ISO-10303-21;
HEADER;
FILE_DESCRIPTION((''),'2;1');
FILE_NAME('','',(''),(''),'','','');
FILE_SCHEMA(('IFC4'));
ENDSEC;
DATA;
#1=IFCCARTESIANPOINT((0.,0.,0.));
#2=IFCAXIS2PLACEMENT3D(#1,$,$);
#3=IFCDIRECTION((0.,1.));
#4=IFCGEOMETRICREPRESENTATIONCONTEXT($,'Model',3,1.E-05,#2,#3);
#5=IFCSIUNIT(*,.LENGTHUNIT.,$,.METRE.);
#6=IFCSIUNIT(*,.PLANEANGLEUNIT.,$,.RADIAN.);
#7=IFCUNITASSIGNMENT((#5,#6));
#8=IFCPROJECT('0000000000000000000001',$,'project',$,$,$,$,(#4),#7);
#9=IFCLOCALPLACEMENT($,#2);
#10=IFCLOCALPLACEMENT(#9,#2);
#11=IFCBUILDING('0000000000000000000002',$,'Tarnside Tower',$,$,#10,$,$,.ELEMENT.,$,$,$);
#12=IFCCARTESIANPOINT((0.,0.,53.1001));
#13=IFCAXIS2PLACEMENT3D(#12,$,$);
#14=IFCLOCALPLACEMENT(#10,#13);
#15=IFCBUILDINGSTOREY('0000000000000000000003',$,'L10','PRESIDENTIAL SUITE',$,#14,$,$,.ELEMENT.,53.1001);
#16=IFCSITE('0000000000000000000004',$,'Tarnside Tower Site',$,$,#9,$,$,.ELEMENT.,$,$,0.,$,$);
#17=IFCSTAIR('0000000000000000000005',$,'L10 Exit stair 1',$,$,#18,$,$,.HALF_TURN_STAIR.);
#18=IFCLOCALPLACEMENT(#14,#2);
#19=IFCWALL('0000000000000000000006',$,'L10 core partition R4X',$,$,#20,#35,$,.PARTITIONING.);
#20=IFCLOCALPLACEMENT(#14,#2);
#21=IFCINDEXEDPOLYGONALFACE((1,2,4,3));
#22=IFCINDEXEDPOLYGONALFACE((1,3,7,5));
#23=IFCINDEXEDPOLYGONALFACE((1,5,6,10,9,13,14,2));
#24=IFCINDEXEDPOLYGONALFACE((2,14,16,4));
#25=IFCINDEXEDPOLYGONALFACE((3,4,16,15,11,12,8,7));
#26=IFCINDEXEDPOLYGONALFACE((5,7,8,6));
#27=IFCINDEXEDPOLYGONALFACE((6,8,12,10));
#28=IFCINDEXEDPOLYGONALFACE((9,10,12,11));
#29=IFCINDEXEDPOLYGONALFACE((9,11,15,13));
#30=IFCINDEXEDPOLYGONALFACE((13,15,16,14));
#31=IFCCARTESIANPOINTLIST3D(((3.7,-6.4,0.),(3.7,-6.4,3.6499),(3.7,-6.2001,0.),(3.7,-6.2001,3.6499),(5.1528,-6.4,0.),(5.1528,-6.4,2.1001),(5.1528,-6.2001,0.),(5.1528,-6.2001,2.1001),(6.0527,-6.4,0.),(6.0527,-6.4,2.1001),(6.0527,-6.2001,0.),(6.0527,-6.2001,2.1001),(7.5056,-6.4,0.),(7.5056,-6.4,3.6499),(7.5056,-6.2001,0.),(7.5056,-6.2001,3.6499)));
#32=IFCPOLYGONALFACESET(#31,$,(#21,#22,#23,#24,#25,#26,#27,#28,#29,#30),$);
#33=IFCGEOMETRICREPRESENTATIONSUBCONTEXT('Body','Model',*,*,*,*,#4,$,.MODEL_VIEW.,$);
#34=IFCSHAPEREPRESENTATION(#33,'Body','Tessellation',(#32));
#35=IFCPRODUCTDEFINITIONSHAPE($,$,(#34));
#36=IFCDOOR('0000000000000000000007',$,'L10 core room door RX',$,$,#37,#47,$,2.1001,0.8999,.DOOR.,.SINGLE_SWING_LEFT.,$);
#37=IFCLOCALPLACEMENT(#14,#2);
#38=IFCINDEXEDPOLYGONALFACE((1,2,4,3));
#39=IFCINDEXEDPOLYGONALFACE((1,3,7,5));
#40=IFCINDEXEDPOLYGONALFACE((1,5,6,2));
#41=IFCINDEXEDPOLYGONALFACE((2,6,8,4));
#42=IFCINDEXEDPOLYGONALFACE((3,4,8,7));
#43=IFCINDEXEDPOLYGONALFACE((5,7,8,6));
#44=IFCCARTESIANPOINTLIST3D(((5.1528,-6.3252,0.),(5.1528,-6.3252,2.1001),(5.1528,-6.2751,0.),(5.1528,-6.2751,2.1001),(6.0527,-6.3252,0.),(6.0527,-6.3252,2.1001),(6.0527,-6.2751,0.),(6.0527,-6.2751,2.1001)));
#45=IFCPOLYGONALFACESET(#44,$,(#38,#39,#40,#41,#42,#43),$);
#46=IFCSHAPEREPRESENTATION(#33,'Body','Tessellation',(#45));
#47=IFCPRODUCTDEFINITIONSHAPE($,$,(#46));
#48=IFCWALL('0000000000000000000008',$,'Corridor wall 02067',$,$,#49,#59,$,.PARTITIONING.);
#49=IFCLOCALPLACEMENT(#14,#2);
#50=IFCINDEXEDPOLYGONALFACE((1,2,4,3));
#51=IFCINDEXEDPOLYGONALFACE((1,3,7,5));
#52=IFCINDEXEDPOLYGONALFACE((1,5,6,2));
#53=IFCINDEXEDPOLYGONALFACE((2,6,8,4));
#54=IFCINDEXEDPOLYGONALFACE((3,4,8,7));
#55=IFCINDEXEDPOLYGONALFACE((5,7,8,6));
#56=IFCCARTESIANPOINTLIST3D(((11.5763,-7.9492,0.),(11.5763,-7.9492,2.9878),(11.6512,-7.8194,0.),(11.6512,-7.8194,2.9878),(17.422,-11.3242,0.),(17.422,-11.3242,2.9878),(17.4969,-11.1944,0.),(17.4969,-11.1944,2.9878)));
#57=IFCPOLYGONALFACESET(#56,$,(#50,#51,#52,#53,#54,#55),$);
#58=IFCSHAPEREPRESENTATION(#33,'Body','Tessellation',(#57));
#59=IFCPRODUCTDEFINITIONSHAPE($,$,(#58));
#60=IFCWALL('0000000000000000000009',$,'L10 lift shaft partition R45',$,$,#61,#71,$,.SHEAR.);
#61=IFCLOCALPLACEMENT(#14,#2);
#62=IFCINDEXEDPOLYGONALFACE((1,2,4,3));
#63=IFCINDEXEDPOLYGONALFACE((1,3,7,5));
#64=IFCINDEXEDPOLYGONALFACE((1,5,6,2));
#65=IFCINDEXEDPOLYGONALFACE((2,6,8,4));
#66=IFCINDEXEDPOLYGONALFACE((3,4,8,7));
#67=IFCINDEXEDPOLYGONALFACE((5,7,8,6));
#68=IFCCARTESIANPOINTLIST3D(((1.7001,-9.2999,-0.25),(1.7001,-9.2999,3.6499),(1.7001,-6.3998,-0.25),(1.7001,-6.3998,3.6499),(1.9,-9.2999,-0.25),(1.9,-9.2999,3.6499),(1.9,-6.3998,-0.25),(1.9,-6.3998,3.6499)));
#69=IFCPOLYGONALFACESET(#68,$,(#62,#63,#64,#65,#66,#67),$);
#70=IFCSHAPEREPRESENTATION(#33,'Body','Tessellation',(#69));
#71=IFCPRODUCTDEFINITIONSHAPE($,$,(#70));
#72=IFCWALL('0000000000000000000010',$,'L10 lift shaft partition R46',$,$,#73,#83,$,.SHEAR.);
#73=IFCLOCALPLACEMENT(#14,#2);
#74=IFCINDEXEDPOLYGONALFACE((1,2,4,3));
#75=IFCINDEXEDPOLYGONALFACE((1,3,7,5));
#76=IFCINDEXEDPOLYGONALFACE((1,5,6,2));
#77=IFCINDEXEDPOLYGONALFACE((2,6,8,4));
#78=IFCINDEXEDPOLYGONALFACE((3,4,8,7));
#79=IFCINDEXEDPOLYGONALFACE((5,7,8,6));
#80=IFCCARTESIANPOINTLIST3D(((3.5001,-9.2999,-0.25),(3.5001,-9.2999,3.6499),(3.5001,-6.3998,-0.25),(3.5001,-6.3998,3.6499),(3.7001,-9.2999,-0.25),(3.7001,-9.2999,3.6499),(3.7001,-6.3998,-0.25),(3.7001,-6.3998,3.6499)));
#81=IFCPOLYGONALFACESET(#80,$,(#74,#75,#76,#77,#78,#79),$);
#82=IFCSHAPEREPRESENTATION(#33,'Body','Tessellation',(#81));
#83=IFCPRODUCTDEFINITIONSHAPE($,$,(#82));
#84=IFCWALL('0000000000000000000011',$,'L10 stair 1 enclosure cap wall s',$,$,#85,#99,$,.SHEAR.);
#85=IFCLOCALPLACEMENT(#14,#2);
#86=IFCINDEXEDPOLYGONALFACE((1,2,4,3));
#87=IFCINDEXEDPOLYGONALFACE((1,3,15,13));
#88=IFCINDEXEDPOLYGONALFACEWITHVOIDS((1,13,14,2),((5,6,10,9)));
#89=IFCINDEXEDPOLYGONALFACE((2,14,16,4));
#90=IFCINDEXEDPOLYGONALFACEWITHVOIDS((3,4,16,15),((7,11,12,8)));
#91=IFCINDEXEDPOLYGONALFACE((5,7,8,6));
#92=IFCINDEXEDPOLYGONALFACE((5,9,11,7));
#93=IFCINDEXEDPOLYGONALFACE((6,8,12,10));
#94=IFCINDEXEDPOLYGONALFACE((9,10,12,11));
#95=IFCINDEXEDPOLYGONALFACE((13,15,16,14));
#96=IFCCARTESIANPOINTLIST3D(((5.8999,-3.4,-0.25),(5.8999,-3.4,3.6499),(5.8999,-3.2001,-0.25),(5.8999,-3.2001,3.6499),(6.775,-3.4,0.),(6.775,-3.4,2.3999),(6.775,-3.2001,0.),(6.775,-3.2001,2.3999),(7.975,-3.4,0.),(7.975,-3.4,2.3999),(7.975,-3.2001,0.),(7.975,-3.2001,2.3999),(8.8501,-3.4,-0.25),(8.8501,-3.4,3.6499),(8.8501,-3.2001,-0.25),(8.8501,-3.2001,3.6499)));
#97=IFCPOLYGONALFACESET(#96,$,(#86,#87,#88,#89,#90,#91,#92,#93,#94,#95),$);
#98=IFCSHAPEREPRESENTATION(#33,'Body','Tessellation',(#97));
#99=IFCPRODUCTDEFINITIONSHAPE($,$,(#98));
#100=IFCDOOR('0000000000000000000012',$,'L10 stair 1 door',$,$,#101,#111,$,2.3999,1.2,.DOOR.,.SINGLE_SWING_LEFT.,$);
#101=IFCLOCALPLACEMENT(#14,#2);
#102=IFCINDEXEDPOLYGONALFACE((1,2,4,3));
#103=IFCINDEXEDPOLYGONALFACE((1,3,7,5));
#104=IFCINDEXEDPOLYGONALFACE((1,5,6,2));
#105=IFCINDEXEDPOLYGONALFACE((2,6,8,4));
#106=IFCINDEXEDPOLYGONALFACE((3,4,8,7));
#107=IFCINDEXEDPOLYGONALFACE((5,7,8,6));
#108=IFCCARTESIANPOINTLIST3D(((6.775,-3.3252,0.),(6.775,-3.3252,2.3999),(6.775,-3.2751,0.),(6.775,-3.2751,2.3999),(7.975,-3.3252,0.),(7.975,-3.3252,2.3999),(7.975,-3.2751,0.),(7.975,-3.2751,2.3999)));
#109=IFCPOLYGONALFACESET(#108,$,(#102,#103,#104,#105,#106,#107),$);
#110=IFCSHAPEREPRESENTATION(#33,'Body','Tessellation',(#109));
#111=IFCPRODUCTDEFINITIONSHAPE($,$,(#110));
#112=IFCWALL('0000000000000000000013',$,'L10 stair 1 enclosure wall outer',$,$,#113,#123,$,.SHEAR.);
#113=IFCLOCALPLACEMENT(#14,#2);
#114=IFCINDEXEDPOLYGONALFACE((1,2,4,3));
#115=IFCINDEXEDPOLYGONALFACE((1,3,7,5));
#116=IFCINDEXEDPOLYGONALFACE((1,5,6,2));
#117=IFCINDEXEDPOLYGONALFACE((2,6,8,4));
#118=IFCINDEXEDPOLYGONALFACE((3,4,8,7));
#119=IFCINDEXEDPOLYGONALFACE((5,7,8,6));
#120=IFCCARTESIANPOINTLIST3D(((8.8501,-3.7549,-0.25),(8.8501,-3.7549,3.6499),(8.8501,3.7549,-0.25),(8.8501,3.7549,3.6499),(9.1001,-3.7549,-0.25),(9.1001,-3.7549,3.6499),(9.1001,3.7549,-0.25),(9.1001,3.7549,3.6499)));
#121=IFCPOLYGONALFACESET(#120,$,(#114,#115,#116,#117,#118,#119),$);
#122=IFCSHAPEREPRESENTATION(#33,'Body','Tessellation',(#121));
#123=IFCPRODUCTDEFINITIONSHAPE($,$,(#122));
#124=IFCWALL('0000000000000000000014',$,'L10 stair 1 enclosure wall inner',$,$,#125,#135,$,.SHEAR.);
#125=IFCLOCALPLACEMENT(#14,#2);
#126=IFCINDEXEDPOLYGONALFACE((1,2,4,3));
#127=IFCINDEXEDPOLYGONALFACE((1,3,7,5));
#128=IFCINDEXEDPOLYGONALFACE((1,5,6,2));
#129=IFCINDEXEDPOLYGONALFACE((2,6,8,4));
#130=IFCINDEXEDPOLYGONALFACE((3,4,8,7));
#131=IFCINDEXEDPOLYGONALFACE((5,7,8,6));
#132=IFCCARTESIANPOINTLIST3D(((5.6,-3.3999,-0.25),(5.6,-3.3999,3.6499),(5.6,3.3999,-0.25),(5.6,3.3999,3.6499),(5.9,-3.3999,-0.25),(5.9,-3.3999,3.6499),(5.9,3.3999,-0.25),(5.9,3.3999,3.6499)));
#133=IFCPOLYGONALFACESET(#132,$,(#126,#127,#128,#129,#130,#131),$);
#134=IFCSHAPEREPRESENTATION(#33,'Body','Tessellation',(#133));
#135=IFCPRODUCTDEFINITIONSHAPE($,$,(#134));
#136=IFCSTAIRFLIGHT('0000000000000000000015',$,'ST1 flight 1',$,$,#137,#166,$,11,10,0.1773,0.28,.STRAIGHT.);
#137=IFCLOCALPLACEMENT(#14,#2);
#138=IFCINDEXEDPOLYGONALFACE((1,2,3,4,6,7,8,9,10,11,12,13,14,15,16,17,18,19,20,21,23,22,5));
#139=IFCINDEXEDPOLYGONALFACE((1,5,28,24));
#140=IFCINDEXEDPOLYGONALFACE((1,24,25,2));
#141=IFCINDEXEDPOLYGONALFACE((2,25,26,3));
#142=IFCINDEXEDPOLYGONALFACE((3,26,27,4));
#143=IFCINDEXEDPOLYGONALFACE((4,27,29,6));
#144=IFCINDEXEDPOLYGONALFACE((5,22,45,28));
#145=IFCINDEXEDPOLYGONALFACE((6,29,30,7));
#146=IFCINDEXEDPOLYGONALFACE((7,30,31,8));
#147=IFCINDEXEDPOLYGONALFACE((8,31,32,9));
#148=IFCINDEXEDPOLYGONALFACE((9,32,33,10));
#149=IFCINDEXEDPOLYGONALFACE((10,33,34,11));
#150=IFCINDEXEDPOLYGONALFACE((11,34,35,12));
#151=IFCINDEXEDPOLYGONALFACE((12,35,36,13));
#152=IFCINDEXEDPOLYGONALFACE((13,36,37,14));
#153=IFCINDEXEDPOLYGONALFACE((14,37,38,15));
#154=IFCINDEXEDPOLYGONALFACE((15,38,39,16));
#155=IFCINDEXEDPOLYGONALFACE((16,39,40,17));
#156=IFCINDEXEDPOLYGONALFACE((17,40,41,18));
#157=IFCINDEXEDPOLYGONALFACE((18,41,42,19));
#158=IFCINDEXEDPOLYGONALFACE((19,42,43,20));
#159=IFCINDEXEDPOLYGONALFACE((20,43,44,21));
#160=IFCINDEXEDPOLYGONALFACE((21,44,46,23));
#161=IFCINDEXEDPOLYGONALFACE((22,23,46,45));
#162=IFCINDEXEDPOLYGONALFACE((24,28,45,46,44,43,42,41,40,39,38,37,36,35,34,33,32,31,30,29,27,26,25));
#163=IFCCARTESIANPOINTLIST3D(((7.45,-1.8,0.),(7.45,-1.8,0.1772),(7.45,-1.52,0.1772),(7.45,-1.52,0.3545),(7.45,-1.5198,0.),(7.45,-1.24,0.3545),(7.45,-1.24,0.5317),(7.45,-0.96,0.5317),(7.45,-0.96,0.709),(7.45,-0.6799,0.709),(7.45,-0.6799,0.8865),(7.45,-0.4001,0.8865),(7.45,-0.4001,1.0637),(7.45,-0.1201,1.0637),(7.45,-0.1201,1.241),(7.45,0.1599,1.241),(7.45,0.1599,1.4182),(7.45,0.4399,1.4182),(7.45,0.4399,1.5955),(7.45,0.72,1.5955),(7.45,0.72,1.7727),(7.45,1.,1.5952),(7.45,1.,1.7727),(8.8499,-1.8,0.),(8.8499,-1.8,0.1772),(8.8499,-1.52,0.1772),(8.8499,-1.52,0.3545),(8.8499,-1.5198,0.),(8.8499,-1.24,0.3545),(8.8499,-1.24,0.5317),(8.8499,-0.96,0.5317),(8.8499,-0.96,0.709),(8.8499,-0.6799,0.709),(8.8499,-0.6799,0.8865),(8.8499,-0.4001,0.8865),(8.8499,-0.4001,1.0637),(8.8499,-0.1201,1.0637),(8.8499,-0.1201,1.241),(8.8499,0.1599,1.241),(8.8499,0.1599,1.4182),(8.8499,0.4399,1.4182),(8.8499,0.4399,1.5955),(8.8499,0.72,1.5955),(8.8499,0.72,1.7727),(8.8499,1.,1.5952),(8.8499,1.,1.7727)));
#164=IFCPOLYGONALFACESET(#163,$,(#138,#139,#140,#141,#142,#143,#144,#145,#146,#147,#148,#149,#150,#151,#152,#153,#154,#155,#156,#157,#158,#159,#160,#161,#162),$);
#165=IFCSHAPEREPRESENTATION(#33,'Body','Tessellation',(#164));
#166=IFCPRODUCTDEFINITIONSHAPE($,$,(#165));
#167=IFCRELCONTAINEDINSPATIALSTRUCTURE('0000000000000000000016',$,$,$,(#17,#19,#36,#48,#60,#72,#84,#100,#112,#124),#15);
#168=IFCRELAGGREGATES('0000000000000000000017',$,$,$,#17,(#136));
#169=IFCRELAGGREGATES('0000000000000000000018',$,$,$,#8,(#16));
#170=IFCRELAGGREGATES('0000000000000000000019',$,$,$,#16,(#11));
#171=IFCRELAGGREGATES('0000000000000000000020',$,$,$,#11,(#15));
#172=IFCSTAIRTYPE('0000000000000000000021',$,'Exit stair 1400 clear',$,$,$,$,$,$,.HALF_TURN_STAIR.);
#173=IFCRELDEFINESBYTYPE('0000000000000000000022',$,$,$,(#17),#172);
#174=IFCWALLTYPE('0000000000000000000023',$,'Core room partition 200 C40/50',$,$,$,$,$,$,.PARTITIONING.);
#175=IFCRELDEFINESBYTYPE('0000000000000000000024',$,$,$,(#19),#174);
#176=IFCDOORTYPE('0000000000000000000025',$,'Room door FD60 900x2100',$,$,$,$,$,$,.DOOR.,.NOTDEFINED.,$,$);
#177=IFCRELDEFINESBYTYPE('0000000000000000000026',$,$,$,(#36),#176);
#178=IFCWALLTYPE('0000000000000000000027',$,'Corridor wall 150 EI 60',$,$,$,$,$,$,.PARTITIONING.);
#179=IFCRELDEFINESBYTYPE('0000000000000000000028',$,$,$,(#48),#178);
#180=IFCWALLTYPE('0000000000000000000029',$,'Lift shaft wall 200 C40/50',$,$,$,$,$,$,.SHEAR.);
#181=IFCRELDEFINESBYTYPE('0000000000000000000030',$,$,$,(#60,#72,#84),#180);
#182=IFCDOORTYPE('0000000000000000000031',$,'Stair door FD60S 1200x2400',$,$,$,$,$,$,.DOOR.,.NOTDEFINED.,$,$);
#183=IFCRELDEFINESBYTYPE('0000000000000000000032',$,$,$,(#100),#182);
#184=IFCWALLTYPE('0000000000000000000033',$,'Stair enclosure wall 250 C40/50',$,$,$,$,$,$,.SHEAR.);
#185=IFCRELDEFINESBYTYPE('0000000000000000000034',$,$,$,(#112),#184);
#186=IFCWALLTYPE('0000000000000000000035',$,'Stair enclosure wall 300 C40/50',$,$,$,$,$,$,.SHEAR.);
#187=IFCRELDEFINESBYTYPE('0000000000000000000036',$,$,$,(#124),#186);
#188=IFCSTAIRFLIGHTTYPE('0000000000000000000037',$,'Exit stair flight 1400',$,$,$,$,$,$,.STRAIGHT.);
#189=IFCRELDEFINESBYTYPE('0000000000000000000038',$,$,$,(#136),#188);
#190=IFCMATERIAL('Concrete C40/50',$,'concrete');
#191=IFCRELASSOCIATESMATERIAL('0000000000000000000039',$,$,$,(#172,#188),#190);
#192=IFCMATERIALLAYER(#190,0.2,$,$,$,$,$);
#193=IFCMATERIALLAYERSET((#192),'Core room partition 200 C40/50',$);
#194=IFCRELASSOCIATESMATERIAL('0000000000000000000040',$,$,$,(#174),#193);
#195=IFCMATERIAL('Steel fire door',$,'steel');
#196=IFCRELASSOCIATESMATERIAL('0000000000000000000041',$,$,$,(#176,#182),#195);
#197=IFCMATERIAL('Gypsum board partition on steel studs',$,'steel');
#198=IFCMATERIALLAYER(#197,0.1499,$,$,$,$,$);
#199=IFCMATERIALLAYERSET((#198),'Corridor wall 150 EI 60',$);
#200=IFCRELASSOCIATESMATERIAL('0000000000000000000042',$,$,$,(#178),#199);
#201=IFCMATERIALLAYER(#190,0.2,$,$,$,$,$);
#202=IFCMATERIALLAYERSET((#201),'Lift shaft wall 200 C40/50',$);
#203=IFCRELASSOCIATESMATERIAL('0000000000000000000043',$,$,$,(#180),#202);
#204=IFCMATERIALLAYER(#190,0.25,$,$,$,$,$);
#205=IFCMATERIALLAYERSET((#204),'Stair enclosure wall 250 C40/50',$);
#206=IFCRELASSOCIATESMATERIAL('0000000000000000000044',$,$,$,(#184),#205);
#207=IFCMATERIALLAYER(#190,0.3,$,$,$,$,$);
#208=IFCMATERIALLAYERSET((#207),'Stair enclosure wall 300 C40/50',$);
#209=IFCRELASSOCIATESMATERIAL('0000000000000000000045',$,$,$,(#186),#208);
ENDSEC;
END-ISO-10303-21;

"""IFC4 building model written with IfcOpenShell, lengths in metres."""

from ifc_helpers import new_model, si_unit, direction, frame, frame_2d, origin, place, context, subcontext, project, spatial, polyline, rectangle, outline, extrude, material, layer, layer_set, type_object, element, fill, aggregate, save


model = new_model("IFC4")

# Units and contexts
model_context = context("Model", 3, precision=1e-05, world=origin(), true_north=direction((0.0, 1.0)))
body_context = subcontext(model_context, "Body", "Model", "MODEL_VIEW")
ifc_project = project(units=[si_unit("LENGTHUNIT", "METRE"), si_unit("PLANEANGLEUNIT", "RADIAN")], contexts=[model_context])

# Site, building, storey
site_placement = place(None, origin())
site = spatial("IfcSite", under=ifc_project, at=site_placement, Name="Tarnside Tower Site", CompositionType="ELEMENT", RefElevation=0.0)
building_placement = place(site_placement, origin())
building = spatial("IfcBuilding", under=site, at=building_placement, Name="Tarnside Tower", CompositionType="ELEMENT")
storey_placement = place(building_placement, frame((0.0, 0.0, 53.1001)))
storey = spatial("IfcBuildingStorey", under=building, at=storey_placement, Name="L10", Description="PRESIDENTIAL SUITE", CompositionType="ELEMENT", Elevation=53.1001)

# Shared definitions
ifc_material_1 = material(Name="Concrete C40/50", Category="concrete")

# Stair
stair_type = type_object("IfcStairType", Name="Exit stair 1400 clear", PredefinedType="HALF_TURN_STAIR", material=ifc_material_1)
stair_1_placement = place(storey_placement, origin())
stair_1 = element("IfcStair", 1, at=stair_1_placement, inside=storey, type_object=stair_type, Name="L10 Exit stair 1", PredefinedType="HALF_TURN_STAIR")

# Wall, opening, door
ifc_layer_1 = layer(ifc_material_1, 0.2)
ifc_layer_set_1 = layer_set([ifc_layer_1], Name="Core room partition 200 C40/50")
wall_type_1 = type_object("IfcWallType", Name="Core room partition 200 C40/50", PredefinedType="PARTITIONING", material=ifc_layer_set_1)
ifc_material_2 = material(Name="Steel fire door", Category="steel")
door_type_1 = type_object("IfcDoorType", Name="Room door FD60 900x2100", OperationType="NOTDEFINED", PredefinedType="DOOR", material=ifc_material_2)
wall_1_placement = place(storey_placement, frame((3.7, -6.3, 0.0), z_axis=(0.0, 0.0, 1.0), x_axis=(1.0, 0.0, 0.0)))
wall_1 = element("IfcWall", 2, at=wall_1_placement, inside=storey, type_object=wall_type_1, Name="L10 core partition R4X", PredefinedType="PARTITIONING", context=body_context, shape_type="SweptSolid", body=[
    extrude(rectangle(XDim=3.8057, YDim=0.2, at=frame_2d((1.9028, 0.0))), origin(), (0.0, 0.0, 1.0), 3.6499),
])
opening_1_placement = place(wall_1_placement, frame((1.4529, 0.0, 0.0)))
opening_1 = element("IfcOpeningElement", 3, at=opening_1_placement, cuts=wall_1, PredefinedType="OPENING", context=body_context, shape_type="SweptSolid", body=[
    extrude(rectangle(XDim=0.8999, YDim=2.1001, at=frame_2d((0.45, 1.05))), frame((0.0, 0.1099, 0.0), z_axis=(0.0, -1.0, 0.0), x_axis=(1.0, 0.0, 0.0)), (0.0, 0.0, 1.0), 0.22),
])
door_1_placement = place(opening_1_placement, origin())
door_1 = element("IfcDoor", 4, at=door_1_placement, inside=storey, type_object=door_type_1, Name="L10 core room door RX", OperationType="SINGLE_SWING_LEFT", OverallHeight=2.1001, OverallWidth=0.8999, PredefinedType="DOOR", context=body_context, shape_type="SweptSolid", body=[
    extrude(rectangle(XDim=0.8999, YDim=2.1001, at=frame_2d((0.45, 1.05))), frame((0.0, 0.0249, 0.0), z_axis=(0.0, -1.0, 0.0), x_axis=(1.0, 0.0, 0.0)), (0.0, 0.0, 1.0), 0.05),
])
fill(opening_1, door_1)

# Walls
ifc_material_3 = material(Name="Gypsum board partition on steel studs", Category="steel")
ifc_layer_2 = layer(ifc_material_3, 0.1499)
ifc_layer_set_2 = layer_set([ifc_layer_2], Name="Corridor wall 150 EI 60")
wall_type_2 = type_object("IfcWallType", Name="Corridor wall 150 EI 60", PredefinedType="PARTITIONING", material=ifc_layer_set_2)
wall_2_placement = place(storey_placement, frame((11.6138, -7.8843, 0.0), z_axis=(0.0, 0.0, 1.0), x_axis=(0.866027, -0.499998, 0.0)))
element("IfcWall", 5, at=wall_2_placement, inside=storey, type_object=wall_type_2, Name="Corridor wall 02067", PredefinedType="PARTITIONING", context=body_context, shape_type="SweptSolid", body=[
    extrude(rectangle(XDim=6.75, YDim=0.1499, at=frame_2d((3.375, 0.0))), origin(), (0.0, 0.0, 1.0), 2.9878),
])
ifc_layer_3 = layer(ifc_material_1, 0.2)
ifc_layer_set_3 = layer_set([ifc_layer_3], Name="Lift shaft wall 200 C40/50")
wall_type_3 = type_object("IfcWallType", Name="Lift shaft wall 200 C40/50", PredefinedType="SHEAR", material=ifc_layer_set_3)
for number, where, z_axis, x_axis, name in (
    (6, (1.8, -9.3, -0.25), (0.0, 0.0, 1.0), (0.0, 1.0, 0.0), "L10 lift shaft partition R45"),
    (7, (3.6001, -9.3, -0.25), (0.0, 0.0, 1.0), (0.0, 1.0, 0.0), "L10 lift shaft partition R46"),
):
    element("IfcWall", number, at=place(storey_placement, frame(where, z_axis=z_axis, x_axis=x_axis)), inside=storey, type_object=wall_type_3, Name=name, PredefinedType="SHEAR", context=body_context, shape_type="SweptSolid", body=[
        extrude(rectangle(XDim=2.9001, YDim=0.2, at=frame_2d((1.4502, 0.0))), origin(), (0.0, 0.0, 1.0), 3.8999),
    ])

# Wall, opening, door
wall_3_placement = place(storey_placement, frame((5.8999, -3.3, -0.25), z_axis=(0.0, 0.0, 1.0), x_axis=(1.0, 0.0, 0.0)))
wall_3 = element("IfcWall", 8, at=wall_3_placement, inside=storey, type_object=wall_type_3, Name="L10 stair 1 enclosure cap wall s", PredefinedType="SHEAR", context=body_context, shape_type="SweptSolid", body=[
    extrude(rectangle(XDim=2.9502, YDim=0.2, at=frame_2d((1.4751, 0.0))), origin(), (0.0, 0.0, 1.0), 3.8999),
])
opening_2_placement = place(wall_3_placement, frame((0.875, 0.0, 0.25)))
opening_2 = element("IfcOpeningElement", 9, at=opening_2_placement, cuts=wall_3, PredefinedType="OPENING", context=body_context, shape_type="SweptSolid", body=[
    extrude(rectangle(XDim=1.2, YDim=2.3999, at=frame_2d((0.6001, 1.2))), frame((0.0, 0.1099, 0.0), z_axis=(0.0, -1.0, 0.0), x_axis=(1.0, 0.0, 0.0)), (0.0, 0.0, 1.0), 0.22),
])
door_type_2 = type_object("IfcDoorType", Name="Stair door FD60S 1200x2400", OperationType="NOTDEFINED", PredefinedType="DOOR", material=ifc_material_2)
door_2_placement = place(opening_2_placement, origin())
door_2 = element("IfcDoor", 10, at=door_2_placement, inside=storey, type_object=door_type_2, Name="L10 stair 1 door", OperationType="SINGLE_SWING_LEFT", OverallHeight=2.3999, OverallWidth=1.2, PredefinedType="DOOR", context=body_context, shape_type="SweptSolid", body=[
    extrude(rectangle(XDim=1.2, YDim=2.3999, at=frame_2d((0.6001, 1.2))), frame((0.0, 0.0249, 0.0), z_axis=(0.0, -1.0, 0.0), x_axis=(1.0, 0.0, 0.0)), (0.0, 0.0, 1.0), 0.05),
])
fill(opening_2, door_2)

# Walls
ifc_layer_4 = layer(ifc_material_1, 0.25)
ifc_layer_set_4 = layer_set([ifc_layer_4], Name="Stair enclosure wall 250 C40/50")
wall_type_4 = type_object("IfcWallType", Name="Stair enclosure wall 250 C40/50", PredefinedType="SHEAR", material=ifc_layer_set_4)
wall_4_placement = place(storey_placement, frame((8.9751, -3.7549, -0.25), z_axis=(0.0, 0.0, 1.0), x_axis=(0.0, 1.0, 0.0)))
element("IfcWall", 11, at=wall_4_placement, inside=storey, type_object=wall_type_4, Name="L10 stair 1 enclosure wall outer", PredefinedType="SHEAR", context=body_context, shape_type="SweptSolid", body=[
    extrude(rectangle(XDim=7.5098, YDim=0.25, at=frame_2d((3.7549, 0.0))), origin(), (0.0, 0.0, 1.0), 3.8999),
])
ifc_layer_5 = layer(ifc_material_1, 0.3)
ifc_layer_set_5 = layer_set([ifc_layer_5], Name="Stair enclosure wall 300 C40/50")
wall_type_5 = type_object("IfcWallType", Name="Stair enclosure wall 300 C40/50", PredefinedType="SHEAR", material=ifc_layer_set_5)
wall_5_placement = place(storey_placement, frame((5.75, -3.3999, -0.25), z_axis=(0.0, 0.0, 1.0), x_axis=(0.0, 1.0, 0.0)))
element("IfcWall", 12, at=wall_5_placement, inside=storey, type_object=wall_type_5, Name="L10 stair 1 enclosure wall inner", PredefinedType="SHEAR", context=body_context, shape_type="SweptSolid", body=[
    extrude(rectangle(XDim=6.7998, YDim=0.3, at=frame_2d((3.3999, 0.0))), origin(), (0.0, 0.0, 1.0), 3.8999),
])

# Stair flight
stair_flight_type = type_object("IfcStairFlightType", Name="Exit stair flight 1400", PredefinedType="STRAIGHT", material=ifc_material_1)
stair_flight_placement = place(storey_placement, frame((8.1499, -1.8, 0.0), z_axis=(0.0, 0.0, 1.0), x_axis=(0.0, 1.0, 0.0)))
stair_flight = element("IfcStairFlight", 13, at=stair_flight_placement, type_object=stair_flight_type, Name="ST1 flight 1", NumberOfRisers=11, NumberOfTreads=10, PredefinedType="STRAIGHT", RiserHeight=0.1773, TreadLength=0.28, context=body_context, shape_type="SweptSolid", body=[
    extrude(outline(polyline([(0.0, 0.0), (0.0, 0.1772), (0.28, 0.1772), (0.28, 0.3545), (0.5601, 0.3545), (0.5601, 0.5317), (0.8401, 0.5317), (0.8401, 0.709), (1.1201, 0.709), (1.1201, 0.8865), (1.3999, 0.8865), (1.3999, 1.0637), (1.6799, 1.0637), (1.6799, 1.241), (1.96, 1.241), (1.96, 1.4182), (2.24, 1.4182), (2.24, 1.5955), (2.52, 1.5955), (2.52, 1.7727), (2.8, 1.7727), (2.8, 1.95), (2.8, 1.5952), (0.2803, 0.0), (0.0, 0.0)])), frame((0.0, 0.7, 0.0), z_axis=(0.0, -1.0, 0.0), x_axis=(1.0, 0.0, 0.0)), (0.0, 0.0, 1.0), 1.3999),
])
aggregate(stair_1, [stair_flight])

save(model, "model.ifc")
